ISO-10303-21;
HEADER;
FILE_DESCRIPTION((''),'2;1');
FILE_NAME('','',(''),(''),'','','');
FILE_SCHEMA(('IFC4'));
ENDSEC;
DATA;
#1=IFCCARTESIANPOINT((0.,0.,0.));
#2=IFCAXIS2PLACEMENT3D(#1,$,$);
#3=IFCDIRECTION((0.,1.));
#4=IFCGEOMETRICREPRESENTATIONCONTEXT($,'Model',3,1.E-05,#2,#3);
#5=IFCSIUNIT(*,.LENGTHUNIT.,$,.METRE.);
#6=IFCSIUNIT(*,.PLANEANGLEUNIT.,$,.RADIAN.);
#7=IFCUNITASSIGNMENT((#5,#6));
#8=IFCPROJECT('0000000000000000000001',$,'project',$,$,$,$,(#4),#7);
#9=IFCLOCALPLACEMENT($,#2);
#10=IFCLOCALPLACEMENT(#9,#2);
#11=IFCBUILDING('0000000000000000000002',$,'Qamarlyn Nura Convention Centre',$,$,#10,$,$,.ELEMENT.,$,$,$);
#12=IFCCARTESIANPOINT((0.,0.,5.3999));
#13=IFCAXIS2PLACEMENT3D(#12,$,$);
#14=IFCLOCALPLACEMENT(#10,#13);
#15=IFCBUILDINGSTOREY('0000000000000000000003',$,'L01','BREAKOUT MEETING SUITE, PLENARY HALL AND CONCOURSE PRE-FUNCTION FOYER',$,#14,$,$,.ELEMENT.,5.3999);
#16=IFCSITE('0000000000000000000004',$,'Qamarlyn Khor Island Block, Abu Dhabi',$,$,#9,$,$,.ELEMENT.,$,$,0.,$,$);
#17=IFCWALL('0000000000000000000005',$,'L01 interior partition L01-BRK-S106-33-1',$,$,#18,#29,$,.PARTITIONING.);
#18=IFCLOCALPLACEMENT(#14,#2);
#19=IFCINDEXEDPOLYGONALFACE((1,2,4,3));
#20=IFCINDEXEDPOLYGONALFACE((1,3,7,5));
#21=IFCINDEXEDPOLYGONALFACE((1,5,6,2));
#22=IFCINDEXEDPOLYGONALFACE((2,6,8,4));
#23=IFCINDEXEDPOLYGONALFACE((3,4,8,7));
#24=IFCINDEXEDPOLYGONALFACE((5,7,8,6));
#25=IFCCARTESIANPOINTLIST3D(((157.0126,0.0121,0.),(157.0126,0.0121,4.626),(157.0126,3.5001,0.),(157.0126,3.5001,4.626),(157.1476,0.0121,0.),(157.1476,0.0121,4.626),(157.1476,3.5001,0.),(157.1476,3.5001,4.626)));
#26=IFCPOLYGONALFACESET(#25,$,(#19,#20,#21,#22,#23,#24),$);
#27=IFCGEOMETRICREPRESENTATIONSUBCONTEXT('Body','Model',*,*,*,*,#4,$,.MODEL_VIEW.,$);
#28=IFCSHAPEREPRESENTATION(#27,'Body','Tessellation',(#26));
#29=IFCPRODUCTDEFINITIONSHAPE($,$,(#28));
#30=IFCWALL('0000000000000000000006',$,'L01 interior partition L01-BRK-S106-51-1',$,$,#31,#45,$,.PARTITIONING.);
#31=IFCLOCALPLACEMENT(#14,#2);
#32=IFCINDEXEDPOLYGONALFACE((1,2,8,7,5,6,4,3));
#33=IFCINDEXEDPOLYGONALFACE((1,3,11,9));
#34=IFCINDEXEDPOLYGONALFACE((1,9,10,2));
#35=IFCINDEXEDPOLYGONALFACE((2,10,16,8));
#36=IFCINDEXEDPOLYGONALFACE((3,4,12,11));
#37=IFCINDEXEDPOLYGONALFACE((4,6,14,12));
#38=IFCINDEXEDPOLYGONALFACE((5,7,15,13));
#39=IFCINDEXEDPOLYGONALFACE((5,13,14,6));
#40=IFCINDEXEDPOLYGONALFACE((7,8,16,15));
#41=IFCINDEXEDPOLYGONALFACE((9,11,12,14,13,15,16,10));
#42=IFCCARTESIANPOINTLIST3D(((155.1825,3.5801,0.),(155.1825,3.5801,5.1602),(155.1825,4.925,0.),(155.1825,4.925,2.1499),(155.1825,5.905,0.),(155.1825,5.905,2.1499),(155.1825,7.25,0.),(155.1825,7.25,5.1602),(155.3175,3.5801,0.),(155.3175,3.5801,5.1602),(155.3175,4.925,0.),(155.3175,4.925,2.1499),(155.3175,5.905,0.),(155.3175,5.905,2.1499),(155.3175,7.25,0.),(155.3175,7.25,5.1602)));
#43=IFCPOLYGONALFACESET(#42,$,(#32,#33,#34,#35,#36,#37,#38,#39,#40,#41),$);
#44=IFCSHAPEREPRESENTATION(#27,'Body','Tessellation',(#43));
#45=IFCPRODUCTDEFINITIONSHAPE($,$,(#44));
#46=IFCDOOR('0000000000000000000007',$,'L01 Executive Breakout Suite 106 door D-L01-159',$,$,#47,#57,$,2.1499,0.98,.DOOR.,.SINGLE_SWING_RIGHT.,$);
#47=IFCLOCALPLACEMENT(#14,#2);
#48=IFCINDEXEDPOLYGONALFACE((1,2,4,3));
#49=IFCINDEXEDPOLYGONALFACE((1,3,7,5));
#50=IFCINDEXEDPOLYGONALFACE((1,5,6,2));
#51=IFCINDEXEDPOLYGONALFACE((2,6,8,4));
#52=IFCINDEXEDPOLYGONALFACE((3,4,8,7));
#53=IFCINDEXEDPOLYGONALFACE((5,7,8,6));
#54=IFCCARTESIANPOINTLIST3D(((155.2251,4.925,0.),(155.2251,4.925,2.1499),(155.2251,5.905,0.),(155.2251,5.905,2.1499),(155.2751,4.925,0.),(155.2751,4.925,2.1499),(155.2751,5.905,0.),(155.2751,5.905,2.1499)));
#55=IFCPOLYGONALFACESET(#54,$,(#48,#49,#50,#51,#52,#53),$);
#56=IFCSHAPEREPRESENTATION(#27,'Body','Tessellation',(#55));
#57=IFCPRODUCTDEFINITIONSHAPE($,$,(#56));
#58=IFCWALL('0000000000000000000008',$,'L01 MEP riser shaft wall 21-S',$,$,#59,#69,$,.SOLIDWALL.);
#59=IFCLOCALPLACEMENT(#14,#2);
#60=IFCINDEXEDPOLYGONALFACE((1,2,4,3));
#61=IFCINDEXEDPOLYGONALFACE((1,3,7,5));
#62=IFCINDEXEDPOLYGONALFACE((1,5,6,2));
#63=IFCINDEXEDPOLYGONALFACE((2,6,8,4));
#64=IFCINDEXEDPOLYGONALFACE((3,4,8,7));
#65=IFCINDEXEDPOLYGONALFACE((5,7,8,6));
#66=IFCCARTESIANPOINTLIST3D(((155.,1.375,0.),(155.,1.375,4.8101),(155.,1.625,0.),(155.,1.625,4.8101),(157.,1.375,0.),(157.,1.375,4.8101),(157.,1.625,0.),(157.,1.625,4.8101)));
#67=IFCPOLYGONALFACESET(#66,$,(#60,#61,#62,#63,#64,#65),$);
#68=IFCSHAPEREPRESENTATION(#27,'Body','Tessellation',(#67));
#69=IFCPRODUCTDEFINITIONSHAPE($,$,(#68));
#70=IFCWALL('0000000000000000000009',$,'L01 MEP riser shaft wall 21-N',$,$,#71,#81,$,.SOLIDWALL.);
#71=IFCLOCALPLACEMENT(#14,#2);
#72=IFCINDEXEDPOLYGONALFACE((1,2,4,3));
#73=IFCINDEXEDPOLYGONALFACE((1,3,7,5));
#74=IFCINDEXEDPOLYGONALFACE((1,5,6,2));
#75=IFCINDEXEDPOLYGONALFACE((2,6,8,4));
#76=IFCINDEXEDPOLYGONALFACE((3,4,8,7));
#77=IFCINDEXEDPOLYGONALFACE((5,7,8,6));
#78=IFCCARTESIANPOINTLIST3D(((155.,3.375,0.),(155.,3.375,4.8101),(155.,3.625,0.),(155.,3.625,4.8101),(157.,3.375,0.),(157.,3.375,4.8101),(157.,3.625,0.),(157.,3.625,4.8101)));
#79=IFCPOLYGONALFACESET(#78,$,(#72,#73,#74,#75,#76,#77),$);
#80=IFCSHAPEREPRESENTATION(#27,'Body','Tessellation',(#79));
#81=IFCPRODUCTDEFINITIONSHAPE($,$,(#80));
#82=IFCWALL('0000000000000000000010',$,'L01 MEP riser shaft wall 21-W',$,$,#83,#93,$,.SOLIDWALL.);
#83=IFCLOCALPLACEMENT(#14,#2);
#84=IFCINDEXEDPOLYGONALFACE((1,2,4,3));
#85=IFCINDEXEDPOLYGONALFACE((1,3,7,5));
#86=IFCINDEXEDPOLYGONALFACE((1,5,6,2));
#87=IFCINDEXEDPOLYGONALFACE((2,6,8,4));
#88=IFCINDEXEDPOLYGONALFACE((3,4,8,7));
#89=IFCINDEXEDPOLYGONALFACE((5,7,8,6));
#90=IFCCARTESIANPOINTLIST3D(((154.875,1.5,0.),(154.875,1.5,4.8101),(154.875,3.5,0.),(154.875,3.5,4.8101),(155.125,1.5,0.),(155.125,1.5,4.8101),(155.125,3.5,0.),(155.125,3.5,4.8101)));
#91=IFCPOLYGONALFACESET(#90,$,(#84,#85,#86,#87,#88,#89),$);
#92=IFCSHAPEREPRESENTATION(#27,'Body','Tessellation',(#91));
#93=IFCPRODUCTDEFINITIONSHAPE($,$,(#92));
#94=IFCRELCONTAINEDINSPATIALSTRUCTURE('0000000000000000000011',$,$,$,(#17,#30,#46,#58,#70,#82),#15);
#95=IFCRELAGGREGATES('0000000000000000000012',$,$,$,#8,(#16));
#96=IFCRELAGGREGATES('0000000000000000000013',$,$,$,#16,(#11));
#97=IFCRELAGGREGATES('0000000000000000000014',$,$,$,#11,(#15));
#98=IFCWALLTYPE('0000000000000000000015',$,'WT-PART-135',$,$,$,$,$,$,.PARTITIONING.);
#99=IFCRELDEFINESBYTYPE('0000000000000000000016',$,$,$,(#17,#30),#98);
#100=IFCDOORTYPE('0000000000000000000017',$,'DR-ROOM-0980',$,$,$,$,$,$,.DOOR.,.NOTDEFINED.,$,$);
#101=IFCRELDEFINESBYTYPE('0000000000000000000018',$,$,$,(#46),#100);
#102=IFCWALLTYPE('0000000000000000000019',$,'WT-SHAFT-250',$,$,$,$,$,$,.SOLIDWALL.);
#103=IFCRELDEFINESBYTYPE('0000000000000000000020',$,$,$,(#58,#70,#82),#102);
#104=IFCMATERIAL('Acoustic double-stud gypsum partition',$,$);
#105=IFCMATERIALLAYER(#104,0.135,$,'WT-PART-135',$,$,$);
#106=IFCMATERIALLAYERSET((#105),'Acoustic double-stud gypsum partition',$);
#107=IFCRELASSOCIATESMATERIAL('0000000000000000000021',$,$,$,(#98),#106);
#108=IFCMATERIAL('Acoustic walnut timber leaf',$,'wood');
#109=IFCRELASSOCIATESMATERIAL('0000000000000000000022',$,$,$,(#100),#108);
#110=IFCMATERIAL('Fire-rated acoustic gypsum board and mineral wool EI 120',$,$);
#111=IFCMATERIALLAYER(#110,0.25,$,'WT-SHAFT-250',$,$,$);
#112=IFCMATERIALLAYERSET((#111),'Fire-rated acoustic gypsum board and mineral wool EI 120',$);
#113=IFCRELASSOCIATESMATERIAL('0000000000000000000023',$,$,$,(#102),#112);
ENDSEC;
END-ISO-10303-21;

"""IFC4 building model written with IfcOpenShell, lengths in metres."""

from ifc_helpers import new_model, si_unit, direction, frame, frame_2d, origin, place, context, subcontext, project, spatial, rectangle, extrude, material, layer, layer_set, type_object, element, fill, save


model = new_model("IFC4")

# Units and contexts
model_context = context("Model", 3, precision=1e-05, world=origin(), true_north=direction((0.0, 1.0)))
body_context = subcontext(model_context, "Body", "Model", "MODEL_VIEW")
ifc_project = project(units=[si_unit("LENGTHUNIT", "METRE"), si_unit("PLANEANGLEUNIT", "RADIAN")], contexts=[model_context])

# Site, building, storey
site_placement = place(None, origin())
site = spatial("IfcSite", under=ifc_project, at=site_placement, Name="Qamarlyn Khor Island Block, Abu Dhabi", CompositionType="ELEMENT", RefElevation=0.0)
building_placement = place(site_placement, origin())
building = spatial("IfcBuilding", under=site, at=building_placement, Name="Qamarlyn Nura Convention Centre", CompositionType="ELEMENT")
storey_placement = place(building_placement, frame((0.0, 0.0, 5.3999)))
storey = spatial("IfcBuildingStorey", under=building, at=storey_placement, Name="L01", Description="BREAKOUT MEETING SUITE, PLENARY HALL AND CONCOURSE PRE-FUNCTION FOYER", CompositionType="ELEMENT", Elevation=5.3999)

# Wall
ifc_material_1 = material(Name="Acoustic double-stud gypsum partition")
ifc_layer_1 = layer(ifc_material_1, 0.135, Name="WT-PART-135")
ifc_layer_set_1 = layer_set([ifc_layer_1], Name="Acoustic double-stud gypsum partition")
wall_type_1 = type_object("IfcWallType", Name="WT-PART-135", PredefinedType="PARTITIONING", material=ifc_layer_set_1)
wall_1_placement = place(storey_placement, frame((157.0801, 0.012, 0.0), z_axis=(0.0, 0.0, 1.0), x_axis=(0.0, 1.0, 0.0)))
element("IfcWall", 1, at=wall_1_placement, inside=storey, type_object=wall_type_1, Name="L01 interior partition L01-BRK-S106-33-1", PredefinedType="PARTITIONING", context=body_context, shape_type="SweptSolid", body=[
    extrude(rectangle(XDim=3.488, YDim=0.135, at=frame_2d((1.7441, 0.0))), origin(), (0.0, 0.0, 1.0), 4.626),
])

# Wall, opening, door
wall_2_placement = place(storey_placement, frame((155.25, 3.5801, 0.0), z_axis=(0.0, 0.0, 1.0), x_axis=(0.0, 1.0, 0.0)))
wall_2 = element("IfcWall", 2, at=wall_2_placement, inside=storey, type_object=wall_type_1, Name="L01 interior partition L01-BRK-S106-51-1", PredefinedType="PARTITIONING", context=body_context, shape_type="SweptSolid", body=[
    extrude(rectangle(XDim=3.6699, YDim=0.135, at=frame_2d((1.835, 0.0))), origin(), (0.0, 0.0, 1.0), 5.1602),
])
opening_placement = place(wall_2_placement, frame((1.345, 0.0, 0.0)))
opening = element("IfcOpeningElement", 3, at=opening_placement, cuts=wall_2, PredefinedType="OPENING", context=body_context, shape_type="SweptSolid", body=[
    extrude(rectangle(XDim=0.98, YDim=2.1499, at=frame_2d((0.49, 1.075))), frame((0.0, 0.0776, 0.0), z_axis=(0.0, -1.0, 0.0), x_axis=(1.0, 0.0, 0.0)), (0.0, 0.0, 1.0), 0.155),
])
ifc_material_2 = material(Name="Acoustic walnut timber leaf", Category="wood")
door_type = type_object("IfcDoorType", Name="DR-ROOM-0980", OperationType="NOTDEFINED", PredefinedType="DOOR", material=ifc_material_2)
door_placement = place(opening_placement, origin())
door = element("IfcDoor", 4, at=door_placement, inside=storey, type_object=door_type, Name="L01 Executive Breakout Suite 106 door D-L01-159", OperationType="SINGLE_SWING_RIGHT", OverallHeight=2.1499, OverallWidth=0.98, PredefinedType="DOOR", context=body_context, shape_type="SweptSolid", body=[
    extrude(rectangle(XDim=0.98, YDim=2.1499, at=frame_2d((0.49, 1.075))), frame((0.0, 0.0249, 0.0), z_axis=(0.0, -1.0, 0.0), x_axis=(1.0, 0.0, 0.0)), (0.0, 0.0, 1.0), 0.05),
])
fill(opening, door)

# Walls
ifc_material_3 = material(Name="Fire-rated acoustic gypsum board and mineral wool EI 120")
ifc_layer_2 = layer(ifc_material_3, 0.25, Name="WT-SHAFT-250")
ifc_layer_set_2 = layer_set([ifc_layer_2], Name="Fire-rated acoustic gypsum board and mineral wool EI 120")
wall_type_2 = type_object("IfcWallType", Name="WT-SHAFT-250", PredefinedType="SOLIDWALL", material=ifc_layer_set_2)
for number, where, z_axis, x_axis, name in (
    (5, (155.0, 1.5, 0.0), (0.0, 0.0, 1.0), (1.0, 0.0, 0.0), "L01 MEP riser shaft wall 21-S"),
    (6, (157.0, 3.5, 0.0), (0.0, 0.0, 1.0), (-1.0, 0.0, 0.0), "L01 MEP riser shaft wall 21-N"),
    (7, (155.0, 3.5, 0.0), (0.0, 0.0, 1.0), (0.0, -1.0, 0.0), "L01 MEP riser shaft wall 21-W"),
):
    element("IfcWall", number, at=place(storey_placement, frame(where, z_axis=z_axis, x_axis=x_axis)), inside=storey, type_object=wall_type_2, Name=name, PredefinedType="SOLIDWALL", context=body_context, shape_type="SweptSolid", body=[
        extrude(rectangle(XDim=2.0, YDim=0.25, at=frame_2d((1.0, 0.0))), origin(), (0.0, 0.0, 1.0), 4.8101),
    ])

save(model, "model.ifc")
